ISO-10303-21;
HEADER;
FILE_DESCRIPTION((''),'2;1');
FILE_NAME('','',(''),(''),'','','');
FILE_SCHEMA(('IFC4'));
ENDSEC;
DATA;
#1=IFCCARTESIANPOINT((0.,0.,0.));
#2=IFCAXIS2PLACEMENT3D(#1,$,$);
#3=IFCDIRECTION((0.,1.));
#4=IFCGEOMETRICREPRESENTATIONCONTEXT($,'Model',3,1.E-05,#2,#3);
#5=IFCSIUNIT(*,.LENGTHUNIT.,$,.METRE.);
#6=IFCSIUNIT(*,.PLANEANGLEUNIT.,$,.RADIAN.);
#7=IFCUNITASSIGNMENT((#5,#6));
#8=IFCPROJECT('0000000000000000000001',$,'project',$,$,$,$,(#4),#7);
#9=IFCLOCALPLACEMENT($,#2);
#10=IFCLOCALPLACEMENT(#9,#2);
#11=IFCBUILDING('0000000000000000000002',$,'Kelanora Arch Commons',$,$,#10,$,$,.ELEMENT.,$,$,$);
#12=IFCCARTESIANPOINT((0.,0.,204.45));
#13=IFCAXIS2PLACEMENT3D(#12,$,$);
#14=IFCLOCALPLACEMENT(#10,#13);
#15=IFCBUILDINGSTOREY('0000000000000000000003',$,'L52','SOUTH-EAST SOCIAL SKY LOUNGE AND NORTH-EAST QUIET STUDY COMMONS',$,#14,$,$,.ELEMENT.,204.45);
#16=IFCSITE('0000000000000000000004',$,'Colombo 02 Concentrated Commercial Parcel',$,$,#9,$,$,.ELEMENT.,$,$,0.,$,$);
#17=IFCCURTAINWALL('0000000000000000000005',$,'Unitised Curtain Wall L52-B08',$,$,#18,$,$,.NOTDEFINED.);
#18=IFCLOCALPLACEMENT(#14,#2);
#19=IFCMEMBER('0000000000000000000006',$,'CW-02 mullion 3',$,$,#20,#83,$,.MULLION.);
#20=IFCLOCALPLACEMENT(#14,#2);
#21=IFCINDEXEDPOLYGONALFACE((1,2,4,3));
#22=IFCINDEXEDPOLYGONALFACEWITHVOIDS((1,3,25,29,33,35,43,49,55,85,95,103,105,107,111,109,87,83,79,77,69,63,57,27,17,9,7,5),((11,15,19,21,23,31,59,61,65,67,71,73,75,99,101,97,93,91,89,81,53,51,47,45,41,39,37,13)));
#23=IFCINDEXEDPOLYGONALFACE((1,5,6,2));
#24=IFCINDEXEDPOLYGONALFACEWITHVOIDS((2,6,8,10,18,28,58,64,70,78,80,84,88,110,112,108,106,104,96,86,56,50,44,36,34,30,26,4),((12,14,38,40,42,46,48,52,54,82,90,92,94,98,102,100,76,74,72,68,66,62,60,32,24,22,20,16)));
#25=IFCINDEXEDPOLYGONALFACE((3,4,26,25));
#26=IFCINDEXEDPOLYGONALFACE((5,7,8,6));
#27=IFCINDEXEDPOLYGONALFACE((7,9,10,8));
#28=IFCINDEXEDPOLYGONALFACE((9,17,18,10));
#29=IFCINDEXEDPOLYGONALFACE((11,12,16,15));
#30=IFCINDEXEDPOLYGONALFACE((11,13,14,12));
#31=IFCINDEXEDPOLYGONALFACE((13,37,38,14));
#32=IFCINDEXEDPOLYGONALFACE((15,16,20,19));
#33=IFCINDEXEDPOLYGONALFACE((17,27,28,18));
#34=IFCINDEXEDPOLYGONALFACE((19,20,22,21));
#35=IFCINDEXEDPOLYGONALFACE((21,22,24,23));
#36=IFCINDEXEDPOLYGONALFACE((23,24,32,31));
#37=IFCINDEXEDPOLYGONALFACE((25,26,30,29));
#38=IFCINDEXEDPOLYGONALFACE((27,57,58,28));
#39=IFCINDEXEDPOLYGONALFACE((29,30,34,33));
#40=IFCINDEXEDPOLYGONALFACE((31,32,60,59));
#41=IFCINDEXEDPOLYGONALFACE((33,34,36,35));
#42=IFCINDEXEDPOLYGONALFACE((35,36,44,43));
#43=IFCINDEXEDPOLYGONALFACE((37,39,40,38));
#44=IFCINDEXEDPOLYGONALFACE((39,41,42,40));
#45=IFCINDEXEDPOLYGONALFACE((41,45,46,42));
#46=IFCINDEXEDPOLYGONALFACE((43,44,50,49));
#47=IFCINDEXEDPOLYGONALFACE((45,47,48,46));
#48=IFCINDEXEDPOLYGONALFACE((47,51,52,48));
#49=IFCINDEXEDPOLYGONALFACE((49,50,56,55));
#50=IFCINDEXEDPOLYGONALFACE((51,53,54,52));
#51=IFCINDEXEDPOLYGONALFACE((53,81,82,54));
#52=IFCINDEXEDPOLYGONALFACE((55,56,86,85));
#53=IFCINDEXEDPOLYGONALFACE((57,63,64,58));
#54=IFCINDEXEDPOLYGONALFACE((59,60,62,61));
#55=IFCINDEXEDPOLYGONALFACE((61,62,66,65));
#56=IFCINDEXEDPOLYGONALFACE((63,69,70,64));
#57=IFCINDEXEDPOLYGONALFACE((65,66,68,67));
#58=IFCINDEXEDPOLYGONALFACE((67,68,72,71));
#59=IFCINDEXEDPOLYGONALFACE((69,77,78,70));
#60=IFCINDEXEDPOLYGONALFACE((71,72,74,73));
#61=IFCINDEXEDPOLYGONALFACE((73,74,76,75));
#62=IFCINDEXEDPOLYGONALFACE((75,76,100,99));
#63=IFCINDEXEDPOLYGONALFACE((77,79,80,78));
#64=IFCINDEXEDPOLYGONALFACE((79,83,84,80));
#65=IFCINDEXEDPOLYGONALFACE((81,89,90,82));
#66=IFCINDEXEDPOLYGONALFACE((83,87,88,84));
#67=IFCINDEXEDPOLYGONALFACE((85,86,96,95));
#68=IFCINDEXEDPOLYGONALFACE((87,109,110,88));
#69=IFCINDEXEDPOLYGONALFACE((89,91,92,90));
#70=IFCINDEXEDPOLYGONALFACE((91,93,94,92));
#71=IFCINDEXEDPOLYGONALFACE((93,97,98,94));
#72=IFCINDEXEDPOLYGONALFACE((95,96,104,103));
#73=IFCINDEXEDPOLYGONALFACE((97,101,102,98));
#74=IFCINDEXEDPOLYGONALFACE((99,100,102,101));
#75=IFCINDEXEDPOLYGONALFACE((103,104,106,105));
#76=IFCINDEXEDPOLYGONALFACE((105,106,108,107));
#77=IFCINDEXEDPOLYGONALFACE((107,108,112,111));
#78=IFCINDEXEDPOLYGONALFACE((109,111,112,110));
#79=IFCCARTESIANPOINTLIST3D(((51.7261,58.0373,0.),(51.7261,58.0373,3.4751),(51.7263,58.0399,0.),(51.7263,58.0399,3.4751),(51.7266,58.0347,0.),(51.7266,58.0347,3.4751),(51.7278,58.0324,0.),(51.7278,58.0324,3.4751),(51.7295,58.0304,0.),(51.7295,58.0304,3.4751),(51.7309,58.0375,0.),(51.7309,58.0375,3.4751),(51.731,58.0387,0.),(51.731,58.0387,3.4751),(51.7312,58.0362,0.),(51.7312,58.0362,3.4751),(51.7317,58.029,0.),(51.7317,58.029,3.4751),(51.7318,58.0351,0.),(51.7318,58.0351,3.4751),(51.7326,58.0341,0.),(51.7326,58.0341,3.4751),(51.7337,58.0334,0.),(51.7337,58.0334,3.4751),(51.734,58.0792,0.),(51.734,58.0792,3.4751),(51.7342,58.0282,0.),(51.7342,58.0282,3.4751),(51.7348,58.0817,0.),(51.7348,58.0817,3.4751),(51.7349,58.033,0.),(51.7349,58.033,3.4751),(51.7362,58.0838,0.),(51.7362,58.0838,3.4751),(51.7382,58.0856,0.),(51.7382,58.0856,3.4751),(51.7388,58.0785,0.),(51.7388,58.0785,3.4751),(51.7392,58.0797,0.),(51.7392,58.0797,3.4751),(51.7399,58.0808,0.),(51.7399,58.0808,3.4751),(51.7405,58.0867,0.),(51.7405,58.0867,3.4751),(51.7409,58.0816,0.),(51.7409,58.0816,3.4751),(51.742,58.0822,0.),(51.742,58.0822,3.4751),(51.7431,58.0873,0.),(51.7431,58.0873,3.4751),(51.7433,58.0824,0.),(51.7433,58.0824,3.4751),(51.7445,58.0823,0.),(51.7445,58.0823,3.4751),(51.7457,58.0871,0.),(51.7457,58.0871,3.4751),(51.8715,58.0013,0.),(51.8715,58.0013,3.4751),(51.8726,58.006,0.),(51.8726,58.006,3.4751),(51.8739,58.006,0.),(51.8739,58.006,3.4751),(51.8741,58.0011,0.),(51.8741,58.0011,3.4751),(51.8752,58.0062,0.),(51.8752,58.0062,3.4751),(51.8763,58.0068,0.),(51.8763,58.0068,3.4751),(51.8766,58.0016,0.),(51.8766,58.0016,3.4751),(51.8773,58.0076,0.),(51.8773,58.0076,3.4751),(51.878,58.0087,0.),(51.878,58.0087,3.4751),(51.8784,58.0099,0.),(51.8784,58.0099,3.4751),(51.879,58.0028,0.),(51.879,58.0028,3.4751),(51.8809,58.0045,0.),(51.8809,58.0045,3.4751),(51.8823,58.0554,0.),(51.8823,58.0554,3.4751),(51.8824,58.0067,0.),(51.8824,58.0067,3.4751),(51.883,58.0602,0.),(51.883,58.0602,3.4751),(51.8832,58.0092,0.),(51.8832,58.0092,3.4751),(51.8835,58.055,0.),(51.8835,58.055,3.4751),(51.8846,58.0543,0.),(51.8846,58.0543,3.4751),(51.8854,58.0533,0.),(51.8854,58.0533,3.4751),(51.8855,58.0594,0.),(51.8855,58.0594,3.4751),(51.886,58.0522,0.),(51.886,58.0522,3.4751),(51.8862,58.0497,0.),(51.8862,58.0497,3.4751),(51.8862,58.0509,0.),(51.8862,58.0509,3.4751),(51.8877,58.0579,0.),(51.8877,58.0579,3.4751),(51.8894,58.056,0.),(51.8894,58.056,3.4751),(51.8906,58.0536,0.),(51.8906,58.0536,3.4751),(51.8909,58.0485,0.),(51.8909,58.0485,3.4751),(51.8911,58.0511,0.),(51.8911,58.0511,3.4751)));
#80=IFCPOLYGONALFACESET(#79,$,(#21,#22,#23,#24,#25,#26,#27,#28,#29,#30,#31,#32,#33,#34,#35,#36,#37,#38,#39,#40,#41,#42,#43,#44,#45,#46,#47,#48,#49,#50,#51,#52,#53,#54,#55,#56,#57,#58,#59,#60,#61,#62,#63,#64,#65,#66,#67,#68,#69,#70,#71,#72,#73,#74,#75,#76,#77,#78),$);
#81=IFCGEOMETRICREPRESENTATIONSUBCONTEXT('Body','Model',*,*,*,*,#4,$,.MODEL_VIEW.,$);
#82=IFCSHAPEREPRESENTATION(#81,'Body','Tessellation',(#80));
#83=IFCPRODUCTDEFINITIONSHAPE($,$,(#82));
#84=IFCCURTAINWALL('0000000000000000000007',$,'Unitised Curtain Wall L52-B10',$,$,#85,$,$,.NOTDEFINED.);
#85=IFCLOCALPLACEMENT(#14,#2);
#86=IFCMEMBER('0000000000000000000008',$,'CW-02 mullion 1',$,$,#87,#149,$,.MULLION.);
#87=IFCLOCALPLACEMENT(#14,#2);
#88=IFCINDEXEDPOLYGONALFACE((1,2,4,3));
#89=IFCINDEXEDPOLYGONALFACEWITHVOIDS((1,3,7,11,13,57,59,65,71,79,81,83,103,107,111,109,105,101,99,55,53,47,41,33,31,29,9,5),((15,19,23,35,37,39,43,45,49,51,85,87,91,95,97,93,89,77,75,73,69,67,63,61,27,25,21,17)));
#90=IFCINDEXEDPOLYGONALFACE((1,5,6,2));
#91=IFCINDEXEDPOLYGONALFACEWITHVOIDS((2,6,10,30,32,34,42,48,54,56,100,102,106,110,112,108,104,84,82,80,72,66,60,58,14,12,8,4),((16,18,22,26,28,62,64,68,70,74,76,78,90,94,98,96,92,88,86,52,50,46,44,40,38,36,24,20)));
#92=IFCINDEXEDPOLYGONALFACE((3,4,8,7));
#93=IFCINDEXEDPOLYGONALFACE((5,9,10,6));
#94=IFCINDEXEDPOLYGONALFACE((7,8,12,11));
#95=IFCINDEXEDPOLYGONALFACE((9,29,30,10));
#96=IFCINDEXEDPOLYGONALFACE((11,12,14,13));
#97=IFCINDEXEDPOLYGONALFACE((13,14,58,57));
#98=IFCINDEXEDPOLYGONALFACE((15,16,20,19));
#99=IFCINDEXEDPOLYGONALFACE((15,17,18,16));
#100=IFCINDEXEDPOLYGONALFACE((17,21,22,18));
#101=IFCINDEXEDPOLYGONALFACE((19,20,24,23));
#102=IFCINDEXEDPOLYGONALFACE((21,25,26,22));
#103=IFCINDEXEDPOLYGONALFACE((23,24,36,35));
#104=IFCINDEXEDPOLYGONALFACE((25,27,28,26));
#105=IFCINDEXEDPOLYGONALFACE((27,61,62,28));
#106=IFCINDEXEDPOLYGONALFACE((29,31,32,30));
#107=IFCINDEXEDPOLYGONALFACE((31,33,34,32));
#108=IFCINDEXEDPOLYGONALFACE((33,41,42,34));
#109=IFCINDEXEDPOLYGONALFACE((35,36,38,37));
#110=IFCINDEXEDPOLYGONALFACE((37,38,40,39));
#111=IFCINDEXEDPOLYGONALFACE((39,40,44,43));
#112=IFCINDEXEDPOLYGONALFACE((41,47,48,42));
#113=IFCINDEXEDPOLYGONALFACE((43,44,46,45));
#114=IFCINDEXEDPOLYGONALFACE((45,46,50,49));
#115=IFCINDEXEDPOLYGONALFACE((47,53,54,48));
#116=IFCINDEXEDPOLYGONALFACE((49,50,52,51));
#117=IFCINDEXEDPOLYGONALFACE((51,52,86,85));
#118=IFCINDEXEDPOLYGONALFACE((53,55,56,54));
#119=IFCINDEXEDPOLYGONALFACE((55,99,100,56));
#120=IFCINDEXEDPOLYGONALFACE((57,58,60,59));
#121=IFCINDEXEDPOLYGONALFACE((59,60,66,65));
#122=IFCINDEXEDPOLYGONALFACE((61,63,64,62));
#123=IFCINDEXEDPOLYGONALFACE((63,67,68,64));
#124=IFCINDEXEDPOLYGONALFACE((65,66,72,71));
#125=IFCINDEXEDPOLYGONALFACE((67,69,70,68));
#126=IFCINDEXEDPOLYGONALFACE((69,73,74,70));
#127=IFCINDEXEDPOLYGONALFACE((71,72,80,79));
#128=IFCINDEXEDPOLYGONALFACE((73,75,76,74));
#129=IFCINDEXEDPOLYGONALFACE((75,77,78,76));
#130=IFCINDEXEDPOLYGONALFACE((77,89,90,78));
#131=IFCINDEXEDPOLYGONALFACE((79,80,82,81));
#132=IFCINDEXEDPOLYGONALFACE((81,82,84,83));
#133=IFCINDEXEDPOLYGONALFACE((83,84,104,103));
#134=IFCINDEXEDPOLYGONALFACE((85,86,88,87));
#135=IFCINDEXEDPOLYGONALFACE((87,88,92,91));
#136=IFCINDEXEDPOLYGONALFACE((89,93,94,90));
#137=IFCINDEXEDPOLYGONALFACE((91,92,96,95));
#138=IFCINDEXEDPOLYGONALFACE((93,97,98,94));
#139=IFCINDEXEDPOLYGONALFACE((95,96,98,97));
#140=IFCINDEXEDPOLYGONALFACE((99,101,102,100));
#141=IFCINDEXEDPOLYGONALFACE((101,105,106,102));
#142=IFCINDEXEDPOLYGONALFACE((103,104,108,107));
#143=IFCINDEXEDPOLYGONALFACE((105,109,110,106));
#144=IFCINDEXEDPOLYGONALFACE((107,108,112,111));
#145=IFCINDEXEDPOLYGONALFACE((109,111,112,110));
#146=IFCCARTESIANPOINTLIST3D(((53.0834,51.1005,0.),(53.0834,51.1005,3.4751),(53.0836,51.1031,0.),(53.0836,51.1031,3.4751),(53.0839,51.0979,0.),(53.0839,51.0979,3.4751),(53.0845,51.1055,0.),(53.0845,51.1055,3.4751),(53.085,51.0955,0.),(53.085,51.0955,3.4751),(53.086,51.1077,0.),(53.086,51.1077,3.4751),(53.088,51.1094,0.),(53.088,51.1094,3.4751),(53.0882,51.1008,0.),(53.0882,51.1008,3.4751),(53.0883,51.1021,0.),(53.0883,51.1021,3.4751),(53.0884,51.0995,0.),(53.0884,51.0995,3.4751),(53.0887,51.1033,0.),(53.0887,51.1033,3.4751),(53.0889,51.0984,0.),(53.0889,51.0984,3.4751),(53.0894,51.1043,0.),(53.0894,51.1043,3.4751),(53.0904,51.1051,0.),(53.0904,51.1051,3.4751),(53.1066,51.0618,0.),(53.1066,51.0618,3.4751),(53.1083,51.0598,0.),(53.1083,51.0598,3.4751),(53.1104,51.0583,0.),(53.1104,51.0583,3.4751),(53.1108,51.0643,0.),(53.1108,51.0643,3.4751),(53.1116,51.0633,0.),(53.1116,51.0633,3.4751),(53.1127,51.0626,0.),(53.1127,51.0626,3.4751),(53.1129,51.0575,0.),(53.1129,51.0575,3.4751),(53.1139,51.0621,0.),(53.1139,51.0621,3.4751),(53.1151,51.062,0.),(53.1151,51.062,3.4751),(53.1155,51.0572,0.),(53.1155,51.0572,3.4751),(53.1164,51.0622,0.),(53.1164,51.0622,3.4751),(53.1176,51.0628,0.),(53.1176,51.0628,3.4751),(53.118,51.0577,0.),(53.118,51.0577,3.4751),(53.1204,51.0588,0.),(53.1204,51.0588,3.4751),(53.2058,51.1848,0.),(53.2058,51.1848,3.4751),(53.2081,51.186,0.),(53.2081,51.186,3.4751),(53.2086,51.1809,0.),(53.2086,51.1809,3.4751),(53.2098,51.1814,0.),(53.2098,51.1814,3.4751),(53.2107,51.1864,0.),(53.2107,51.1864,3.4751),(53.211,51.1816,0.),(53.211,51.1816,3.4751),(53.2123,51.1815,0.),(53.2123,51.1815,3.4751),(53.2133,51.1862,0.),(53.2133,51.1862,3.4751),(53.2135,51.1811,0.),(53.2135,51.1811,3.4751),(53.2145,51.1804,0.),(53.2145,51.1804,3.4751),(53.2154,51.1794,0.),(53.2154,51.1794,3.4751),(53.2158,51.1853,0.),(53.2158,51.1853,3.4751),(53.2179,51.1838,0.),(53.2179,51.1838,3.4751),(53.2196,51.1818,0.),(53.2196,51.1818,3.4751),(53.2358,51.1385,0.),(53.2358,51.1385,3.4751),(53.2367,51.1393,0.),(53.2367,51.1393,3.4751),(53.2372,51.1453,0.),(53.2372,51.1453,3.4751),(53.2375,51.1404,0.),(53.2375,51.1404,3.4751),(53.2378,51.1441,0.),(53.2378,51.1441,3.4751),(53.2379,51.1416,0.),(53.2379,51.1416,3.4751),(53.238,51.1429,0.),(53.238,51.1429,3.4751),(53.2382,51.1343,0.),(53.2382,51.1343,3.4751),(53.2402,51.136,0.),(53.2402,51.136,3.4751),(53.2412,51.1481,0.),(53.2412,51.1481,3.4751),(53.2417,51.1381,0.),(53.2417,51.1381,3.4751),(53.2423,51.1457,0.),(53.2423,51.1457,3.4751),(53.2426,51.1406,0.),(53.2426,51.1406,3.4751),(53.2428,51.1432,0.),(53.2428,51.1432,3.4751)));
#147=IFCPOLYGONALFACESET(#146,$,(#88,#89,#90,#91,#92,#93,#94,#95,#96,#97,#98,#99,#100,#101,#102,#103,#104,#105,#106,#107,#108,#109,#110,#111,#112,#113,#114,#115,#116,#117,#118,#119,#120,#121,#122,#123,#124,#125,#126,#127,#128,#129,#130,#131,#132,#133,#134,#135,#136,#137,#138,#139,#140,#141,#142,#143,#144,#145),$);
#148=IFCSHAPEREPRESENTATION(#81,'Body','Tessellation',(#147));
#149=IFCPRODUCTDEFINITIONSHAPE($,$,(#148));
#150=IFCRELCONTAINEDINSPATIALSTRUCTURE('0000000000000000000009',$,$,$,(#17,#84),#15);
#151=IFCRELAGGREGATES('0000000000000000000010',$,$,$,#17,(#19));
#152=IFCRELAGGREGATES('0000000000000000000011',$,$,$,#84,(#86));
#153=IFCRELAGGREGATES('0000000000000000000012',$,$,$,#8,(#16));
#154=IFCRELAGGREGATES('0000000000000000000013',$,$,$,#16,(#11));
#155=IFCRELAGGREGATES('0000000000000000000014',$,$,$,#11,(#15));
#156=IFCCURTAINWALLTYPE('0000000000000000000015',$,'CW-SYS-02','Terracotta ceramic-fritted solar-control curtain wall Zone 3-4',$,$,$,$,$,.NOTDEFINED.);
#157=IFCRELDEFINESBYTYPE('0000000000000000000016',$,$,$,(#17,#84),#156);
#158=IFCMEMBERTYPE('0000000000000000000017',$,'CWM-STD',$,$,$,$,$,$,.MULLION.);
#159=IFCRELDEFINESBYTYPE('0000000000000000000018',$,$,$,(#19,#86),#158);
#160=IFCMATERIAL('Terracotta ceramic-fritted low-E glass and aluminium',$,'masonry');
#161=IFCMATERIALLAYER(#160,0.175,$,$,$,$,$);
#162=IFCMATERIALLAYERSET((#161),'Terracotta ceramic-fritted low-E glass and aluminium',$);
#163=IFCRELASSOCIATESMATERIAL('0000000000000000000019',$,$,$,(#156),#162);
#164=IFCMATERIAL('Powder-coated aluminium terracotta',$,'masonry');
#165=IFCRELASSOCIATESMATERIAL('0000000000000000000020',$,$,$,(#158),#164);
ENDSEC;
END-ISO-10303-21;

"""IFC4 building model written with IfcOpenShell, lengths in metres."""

from ifc_helpers import new_model, si_unit, direction, frame, origin, origin_2d, place, context, subcontext, project, spatial, hollow_rectangle, extrude, material, layer, layer_set, material_profile, profile_set, type_object, element, aggregate, save


model = new_model("IFC4")

# Units and contexts
model_context = context("Model", 3, precision=1e-05, world=origin(), true_north=direction((0.0, 1.0)))
body_context = subcontext(model_context, "Body", "Model", "MODEL_VIEW")
ifc_project = project(units=[si_unit("LENGTHUNIT", "METRE"), si_unit("PLANEANGLEUNIT", "RADIAN")], contexts=[model_context])

# Site, building, storey
site_placement = place(None, origin())
site = spatial("IfcSite", under=ifc_project, at=site_placement, Name="Colombo 02 Concentrated Commercial Parcel", CompositionType="ELEMENT", RefElevation=0.0)
building_placement = place(site_placement, origin())
building = spatial("IfcBuilding", under=site, at=building_placement, Name="Kelanora Arch Commons", CompositionType="ELEMENT")
storey_placement = place(building_placement, frame((0.0, 0.0, 204.45)))
storey = spatial("IfcBuildingStorey", under=building, at=storey_placement, Name="L52", Description="SOUTH-EAST SOCIAL SKY LOUNGE AND NORTH-EAST QUIET STUDY COMMONS", CompositionType="ELEMENT", Elevation=204.45)

# Curtain wall, member
ifc_material_1 = material(Name="Terracotta ceramic-fritted low-E glass and aluminium", Category="masonry")
ifc_layer_1 = layer(ifc_material_1, 0.175)
ifc_layer_set_1 = layer_set([ifc_layer_1], Name="Terracotta ceramic-fritted low-E glass and aluminium")
curtain_wall_type = type_object("IfcCurtainWallType", Name="CW-SYS-02", Description="Terracotta ceramic-fritted solar-control curtain wall Zone 3-4", PredefinedType="NOTDEFINED", material=ifc_layer_set_1)
curtain_wall_1_placement = place(storey_placement, origin())
curtain_wall_1 = element("IfcCurtainWall", 1, at=curtain_wall_1_placement, inside=storey, type_object=curtain_wall_type, Name="Unitised Curtain Wall L52-B08", PredefinedType="NOTDEFINED")
ifc_material_2 = material(Name="Powder-coated aluminium terracotta", Category="masonry")
ifc_material_profile_1 = material_profile(ifc_material_2, hollow_rectangle(XDim=0.1599, YDim=0.0601, WallThickness=0.0049, InnerFilletRadius=0.0049, OuterFilletRadius=0.01, at=origin_2d()), Name="CWM160x60")
ifc_profile_set_1 = profile_set([ifc_material_profile_1], Name="Powder-coated aluminium terracotta")
member_type_1 = type_object("IfcMemberType", Name="CWM-STD", PredefinedType="MULLION", material=ifc_profile_set_1)
member_1_placement = place(storey_placement, frame((51.8086, 58.0442, 0.0), z_axis=(0.0, 0.0, 1.0), x_axis=(0.981381, -0.192069, 0.0)))
member_1 = element("IfcMember", 2, at=member_1_placement, type_object=member_type_1, Name="CW-02 mullion 3", PredefinedType="MULLION", context=body_context, shape_type="SweptSolid", body=[
    extrude(hollow_rectangle(XDim=0.1599, YDim=0.0601, WallThickness=0.0049, InnerFilletRadius=0.0049, OuterFilletRadius=0.01, at=origin_2d()), origin(), (0.0, 0.0, 1.0), 3.4751),
])
aggregate(curtain_wall_1, [member_1])

# Curtain wall, member
curtain_wall_2_placement = place(storey_placement, origin())
curtain_wall_2 = element("IfcCurtainWall", 3, at=curtain_wall_2_placement, inside=storey, type_object=curtain_wall_type, Name="Unitised Curtain Wall L52-B10", PredefinedType="NOTDEFINED")
member_2_placement = place(storey_placement, frame((53.1631, 51.1218, 0.0), z_axis=(0.0, 0.0, 1.0), x_axis=(0.841948, 0.539559, 0.0)))
member_2 = element("IfcMember", 4, at=member_2_placement, type_object=member_type_1, Name="CW-02 mullion 1", PredefinedType="MULLION", context=body_context, shape_type="SweptSolid", body=[
    extrude(hollow_rectangle(XDim=0.1599, YDim=0.0601, WallThickness=0.0049, InnerFilletRadius=0.0049, OuterFilletRadius=0.01, at=origin_2d()), origin(), (0.0, 0.0, 1.0), 3.4751),
])

aggregate(curtain_wall_2, [member_2])

save(model, "model.ifc")
